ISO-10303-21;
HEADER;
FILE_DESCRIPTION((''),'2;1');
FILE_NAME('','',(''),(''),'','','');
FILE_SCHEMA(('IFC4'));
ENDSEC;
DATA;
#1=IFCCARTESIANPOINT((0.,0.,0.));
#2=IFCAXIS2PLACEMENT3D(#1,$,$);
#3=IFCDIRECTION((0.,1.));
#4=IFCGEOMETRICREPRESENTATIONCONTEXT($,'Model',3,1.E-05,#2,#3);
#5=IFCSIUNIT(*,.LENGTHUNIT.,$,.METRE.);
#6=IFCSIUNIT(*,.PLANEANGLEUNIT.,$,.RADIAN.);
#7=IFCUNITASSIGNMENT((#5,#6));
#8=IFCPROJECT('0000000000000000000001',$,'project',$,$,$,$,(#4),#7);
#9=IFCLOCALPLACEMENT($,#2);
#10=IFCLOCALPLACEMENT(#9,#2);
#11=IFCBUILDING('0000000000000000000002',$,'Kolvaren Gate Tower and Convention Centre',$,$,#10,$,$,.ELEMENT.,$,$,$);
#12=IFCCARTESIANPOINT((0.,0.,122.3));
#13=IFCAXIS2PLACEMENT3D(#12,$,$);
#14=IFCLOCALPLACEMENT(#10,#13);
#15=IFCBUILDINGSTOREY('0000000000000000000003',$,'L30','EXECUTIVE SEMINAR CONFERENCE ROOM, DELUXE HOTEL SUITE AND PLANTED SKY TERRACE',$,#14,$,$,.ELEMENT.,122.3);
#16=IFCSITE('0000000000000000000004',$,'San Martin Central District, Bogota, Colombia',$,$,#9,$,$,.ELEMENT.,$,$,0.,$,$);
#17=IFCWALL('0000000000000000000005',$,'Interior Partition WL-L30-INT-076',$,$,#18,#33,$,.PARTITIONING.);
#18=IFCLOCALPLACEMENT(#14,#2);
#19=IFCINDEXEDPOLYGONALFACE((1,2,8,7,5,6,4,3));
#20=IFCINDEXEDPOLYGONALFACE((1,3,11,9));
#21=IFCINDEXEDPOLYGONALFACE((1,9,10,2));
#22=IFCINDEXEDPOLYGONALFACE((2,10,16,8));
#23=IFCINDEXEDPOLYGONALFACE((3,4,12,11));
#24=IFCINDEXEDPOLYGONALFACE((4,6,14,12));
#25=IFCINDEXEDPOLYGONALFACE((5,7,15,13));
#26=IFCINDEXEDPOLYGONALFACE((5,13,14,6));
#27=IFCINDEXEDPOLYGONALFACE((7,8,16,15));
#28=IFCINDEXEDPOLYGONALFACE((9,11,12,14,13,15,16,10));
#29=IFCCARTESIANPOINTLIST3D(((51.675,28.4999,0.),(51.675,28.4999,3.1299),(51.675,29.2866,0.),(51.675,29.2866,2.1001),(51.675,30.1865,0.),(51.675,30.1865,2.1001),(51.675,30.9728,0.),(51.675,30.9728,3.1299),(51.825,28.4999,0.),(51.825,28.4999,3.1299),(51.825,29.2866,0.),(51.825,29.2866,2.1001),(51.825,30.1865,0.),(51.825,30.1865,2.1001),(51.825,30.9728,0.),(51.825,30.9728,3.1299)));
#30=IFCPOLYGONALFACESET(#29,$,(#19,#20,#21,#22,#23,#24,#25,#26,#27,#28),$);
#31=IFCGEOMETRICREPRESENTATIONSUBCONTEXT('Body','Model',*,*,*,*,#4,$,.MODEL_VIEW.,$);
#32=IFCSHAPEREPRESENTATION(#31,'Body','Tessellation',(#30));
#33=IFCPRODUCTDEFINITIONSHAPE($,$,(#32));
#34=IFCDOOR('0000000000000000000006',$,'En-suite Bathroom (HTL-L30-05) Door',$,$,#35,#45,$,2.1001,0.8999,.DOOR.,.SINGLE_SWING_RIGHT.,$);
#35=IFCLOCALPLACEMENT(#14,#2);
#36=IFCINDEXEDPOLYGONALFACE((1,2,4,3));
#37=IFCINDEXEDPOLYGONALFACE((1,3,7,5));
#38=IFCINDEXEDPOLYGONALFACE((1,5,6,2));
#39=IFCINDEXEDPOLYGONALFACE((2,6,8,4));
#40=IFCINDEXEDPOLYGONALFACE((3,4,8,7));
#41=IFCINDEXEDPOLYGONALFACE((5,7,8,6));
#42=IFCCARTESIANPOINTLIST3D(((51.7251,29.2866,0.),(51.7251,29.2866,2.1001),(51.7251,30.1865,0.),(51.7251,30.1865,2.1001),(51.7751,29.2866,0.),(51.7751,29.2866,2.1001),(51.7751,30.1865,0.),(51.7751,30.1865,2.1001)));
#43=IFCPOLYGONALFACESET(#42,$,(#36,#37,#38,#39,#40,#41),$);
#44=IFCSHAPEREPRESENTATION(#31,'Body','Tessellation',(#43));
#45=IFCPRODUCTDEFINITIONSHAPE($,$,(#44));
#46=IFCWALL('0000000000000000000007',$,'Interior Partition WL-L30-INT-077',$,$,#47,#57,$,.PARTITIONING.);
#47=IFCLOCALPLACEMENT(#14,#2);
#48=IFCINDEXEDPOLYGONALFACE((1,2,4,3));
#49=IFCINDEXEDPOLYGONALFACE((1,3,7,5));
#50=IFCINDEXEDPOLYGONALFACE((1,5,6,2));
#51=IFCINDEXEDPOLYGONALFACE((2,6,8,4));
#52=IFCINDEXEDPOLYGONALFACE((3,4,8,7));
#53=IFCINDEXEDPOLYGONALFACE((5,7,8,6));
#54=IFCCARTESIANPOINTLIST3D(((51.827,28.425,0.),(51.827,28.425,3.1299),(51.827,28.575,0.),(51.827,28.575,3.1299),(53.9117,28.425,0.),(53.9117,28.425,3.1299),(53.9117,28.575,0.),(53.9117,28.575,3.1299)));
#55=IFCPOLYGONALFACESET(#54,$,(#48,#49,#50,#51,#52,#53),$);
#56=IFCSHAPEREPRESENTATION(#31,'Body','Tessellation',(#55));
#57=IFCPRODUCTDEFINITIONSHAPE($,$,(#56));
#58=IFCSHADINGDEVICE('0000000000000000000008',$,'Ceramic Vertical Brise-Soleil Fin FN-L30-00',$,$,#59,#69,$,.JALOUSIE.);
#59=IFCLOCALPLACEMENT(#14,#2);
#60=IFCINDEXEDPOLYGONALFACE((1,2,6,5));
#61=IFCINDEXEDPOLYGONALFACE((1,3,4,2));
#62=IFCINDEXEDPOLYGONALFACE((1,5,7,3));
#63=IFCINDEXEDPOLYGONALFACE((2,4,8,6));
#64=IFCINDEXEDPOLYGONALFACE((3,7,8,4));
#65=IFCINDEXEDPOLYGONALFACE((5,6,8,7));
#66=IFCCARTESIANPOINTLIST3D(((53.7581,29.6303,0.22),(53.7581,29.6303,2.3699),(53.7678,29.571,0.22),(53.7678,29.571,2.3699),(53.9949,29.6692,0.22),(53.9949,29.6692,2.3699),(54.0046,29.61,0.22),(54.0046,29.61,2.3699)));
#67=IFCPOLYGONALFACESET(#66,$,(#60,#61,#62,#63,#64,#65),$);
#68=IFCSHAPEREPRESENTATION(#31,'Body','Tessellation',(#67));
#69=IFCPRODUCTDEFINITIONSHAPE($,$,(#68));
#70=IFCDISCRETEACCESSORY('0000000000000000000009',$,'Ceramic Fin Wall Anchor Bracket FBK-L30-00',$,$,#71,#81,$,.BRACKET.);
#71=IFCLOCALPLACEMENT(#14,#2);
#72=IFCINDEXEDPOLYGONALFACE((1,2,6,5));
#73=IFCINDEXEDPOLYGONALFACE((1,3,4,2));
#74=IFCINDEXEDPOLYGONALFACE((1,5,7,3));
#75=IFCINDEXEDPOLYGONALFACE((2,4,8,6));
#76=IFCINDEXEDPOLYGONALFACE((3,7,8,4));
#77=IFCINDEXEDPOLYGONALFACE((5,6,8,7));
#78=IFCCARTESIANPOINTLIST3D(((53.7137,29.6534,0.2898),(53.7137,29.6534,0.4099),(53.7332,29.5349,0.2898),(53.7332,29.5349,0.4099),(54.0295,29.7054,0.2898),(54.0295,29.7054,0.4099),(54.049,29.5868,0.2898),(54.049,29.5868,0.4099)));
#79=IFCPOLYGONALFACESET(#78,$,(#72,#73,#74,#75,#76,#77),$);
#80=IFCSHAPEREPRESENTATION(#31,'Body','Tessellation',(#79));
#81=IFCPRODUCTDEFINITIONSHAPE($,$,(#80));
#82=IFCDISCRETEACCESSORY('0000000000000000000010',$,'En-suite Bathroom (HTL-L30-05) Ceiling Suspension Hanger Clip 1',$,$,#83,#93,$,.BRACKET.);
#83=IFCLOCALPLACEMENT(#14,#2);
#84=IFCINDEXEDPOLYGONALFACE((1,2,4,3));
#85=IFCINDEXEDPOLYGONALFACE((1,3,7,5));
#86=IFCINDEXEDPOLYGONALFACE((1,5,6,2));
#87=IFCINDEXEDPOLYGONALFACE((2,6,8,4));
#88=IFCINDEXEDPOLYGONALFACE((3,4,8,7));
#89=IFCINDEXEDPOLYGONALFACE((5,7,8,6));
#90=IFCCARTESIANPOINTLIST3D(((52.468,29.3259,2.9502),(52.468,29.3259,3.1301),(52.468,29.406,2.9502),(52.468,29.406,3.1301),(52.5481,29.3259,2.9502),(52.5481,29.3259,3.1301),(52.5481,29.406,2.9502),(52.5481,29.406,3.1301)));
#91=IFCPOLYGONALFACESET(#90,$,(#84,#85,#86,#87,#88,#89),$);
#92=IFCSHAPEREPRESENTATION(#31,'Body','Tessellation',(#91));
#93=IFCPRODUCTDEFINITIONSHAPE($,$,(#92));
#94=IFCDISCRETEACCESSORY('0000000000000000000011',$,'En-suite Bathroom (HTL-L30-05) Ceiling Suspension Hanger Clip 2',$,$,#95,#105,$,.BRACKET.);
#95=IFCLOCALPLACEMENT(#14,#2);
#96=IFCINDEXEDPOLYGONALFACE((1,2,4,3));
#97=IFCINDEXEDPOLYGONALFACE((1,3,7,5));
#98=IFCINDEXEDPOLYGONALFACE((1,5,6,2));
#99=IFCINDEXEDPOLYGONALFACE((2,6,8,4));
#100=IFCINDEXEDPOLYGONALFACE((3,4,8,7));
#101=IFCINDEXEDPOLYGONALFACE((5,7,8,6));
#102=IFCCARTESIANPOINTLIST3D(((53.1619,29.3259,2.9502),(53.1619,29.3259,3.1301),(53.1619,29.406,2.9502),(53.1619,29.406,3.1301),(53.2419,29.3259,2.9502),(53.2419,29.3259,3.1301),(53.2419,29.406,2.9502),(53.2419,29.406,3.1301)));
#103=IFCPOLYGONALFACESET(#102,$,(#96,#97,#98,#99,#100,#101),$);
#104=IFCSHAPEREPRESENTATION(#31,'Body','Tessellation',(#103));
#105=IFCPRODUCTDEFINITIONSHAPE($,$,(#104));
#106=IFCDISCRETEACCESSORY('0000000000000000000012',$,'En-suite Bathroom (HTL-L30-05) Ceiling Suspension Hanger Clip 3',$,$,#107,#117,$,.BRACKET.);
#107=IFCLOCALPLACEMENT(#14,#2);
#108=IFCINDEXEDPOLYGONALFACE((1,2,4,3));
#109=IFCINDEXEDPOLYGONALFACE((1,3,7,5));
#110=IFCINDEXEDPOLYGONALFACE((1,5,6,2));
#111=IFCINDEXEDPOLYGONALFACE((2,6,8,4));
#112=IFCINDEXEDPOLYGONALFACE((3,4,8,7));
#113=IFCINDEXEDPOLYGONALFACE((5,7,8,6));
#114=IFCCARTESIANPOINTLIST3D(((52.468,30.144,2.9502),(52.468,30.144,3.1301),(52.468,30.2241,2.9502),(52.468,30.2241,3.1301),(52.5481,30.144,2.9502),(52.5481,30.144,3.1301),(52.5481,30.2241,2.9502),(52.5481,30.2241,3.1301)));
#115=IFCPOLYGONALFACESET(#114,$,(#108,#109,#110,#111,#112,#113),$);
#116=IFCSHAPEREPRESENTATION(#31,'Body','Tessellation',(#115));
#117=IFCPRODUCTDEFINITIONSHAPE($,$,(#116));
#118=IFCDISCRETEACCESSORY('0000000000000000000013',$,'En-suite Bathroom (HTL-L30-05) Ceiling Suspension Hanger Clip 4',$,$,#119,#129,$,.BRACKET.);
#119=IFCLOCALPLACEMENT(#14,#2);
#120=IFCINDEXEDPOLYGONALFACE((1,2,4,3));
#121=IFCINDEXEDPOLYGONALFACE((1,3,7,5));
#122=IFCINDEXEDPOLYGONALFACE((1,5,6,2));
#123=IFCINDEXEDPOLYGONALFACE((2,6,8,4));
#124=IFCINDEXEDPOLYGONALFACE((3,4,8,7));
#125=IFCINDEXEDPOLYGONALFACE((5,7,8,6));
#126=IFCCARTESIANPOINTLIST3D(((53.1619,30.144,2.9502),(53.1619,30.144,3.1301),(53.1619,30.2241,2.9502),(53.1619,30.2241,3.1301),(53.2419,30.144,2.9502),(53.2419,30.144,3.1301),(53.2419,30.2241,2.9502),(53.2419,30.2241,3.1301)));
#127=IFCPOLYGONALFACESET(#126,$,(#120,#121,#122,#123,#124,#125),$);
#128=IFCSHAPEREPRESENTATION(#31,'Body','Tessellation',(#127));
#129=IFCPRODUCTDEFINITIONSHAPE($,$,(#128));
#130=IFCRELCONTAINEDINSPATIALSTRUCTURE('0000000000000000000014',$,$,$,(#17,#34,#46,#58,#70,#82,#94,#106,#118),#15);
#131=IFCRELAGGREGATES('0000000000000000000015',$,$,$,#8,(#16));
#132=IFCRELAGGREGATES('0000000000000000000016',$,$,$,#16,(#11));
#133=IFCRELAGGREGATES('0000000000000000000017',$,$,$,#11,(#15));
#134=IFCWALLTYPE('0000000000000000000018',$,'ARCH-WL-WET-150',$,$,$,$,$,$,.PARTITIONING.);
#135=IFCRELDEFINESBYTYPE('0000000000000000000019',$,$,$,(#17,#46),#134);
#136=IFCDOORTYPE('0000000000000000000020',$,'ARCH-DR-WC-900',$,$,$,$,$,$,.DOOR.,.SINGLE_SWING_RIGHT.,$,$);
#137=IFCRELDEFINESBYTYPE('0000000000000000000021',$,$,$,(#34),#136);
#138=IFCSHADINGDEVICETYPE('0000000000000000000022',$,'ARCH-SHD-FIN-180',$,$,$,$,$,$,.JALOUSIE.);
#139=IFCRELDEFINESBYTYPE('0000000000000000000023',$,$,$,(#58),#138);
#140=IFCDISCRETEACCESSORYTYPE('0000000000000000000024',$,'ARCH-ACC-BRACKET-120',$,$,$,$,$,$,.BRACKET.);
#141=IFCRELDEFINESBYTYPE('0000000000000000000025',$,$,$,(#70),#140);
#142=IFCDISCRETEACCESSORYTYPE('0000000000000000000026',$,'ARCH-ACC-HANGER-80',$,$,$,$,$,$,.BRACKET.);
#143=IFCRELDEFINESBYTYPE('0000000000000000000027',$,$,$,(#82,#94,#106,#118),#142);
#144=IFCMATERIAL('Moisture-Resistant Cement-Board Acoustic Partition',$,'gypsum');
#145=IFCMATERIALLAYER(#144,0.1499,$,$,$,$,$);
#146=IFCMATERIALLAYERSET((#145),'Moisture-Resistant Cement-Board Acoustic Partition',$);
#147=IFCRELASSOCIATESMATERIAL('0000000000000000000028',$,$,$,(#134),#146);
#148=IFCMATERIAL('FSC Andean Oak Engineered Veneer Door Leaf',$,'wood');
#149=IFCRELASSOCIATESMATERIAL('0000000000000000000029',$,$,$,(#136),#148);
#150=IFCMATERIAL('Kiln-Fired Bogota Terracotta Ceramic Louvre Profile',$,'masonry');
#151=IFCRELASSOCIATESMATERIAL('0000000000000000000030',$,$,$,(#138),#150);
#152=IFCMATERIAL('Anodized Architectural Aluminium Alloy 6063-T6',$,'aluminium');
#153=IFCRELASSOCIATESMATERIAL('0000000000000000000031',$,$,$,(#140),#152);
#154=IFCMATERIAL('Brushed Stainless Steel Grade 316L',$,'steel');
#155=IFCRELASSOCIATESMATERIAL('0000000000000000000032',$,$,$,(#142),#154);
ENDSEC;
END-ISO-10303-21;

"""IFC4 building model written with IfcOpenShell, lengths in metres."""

from ifc_helpers import new_model, si_unit, direction, frame, frame_2d, origin, origin_2d, place, context, subcontext, project, spatial, rectangle, extrude, material, layer, layer_set, type_object, element, fill, save


model = new_model("IFC4")

# Units and contexts
model_context = context("Model", 3, precision=1e-05, world=origin(), true_north=direction((0.0, 1.0)))
body_context = subcontext(model_context, "Body", "Model", "MODEL_VIEW")
ifc_project = project(units=[si_unit("LENGTHUNIT", "METRE"), si_unit("PLANEANGLEUNIT", "RADIAN")], contexts=[model_context])

# Site, building, storey
site_placement = place(None, origin())
site = spatial("IfcSite", under=ifc_project, at=site_placement, Name="San Martin Central District, Bogota, Colombia", CompositionType="ELEMENT", RefElevation=0.0)
building_placement = place(site_placement, origin())
building = spatial("IfcBuilding", under=site, at=building_placement, Name="Kolvaren Gate Tower and Convention Centre", CompositionType="ELEMENT")
storey_placement = place(building_placement, frame((0.0, 0.0, 122.3)))
storey = spatial("IfcBuildingStorey", under=building, at=storey_placement, Name="L30", Description="EXECUTIVE SEMINAR CONFERENCE ROOM, DELUXE HOTEL SUITE AND PLANTED SKY TERRACE", CompositionType="ELEMENT", Elevation=122.3)

# Shared definitions
ifc_material_1 = material(Name="Anodized Architectural Aluminium Alloy 6063-T6", Category="aluminium")

# Shared definitions
ifc_material_2 = material(Name="Moisture-Resistant Cement-Board Acoustic Partition", Category="gypsum")
ifc_layer_1 = layer(ifc_material_2, 0.1499)
ifc_layer_set_1 = layer_set([ifc_layer_1], Name="Moisture-Resistant Cement-Board Acoustic Partition")
wall_type_1 = type_object("IfcWallType", Name="ARCH-WL-WET-150", PredefinedType="PARTITIONING", material=ifc_layer_set_1)

# Wall, opening, door
wall_1_placement = place(storey_placement, frame((51.75, 28.5, 0.0), z_axis=(0.0, 0.0, 1.0), x_axis=(0.0, 1.0, 0.0)))
wall_1 = element("IfcWall", 1, at=wall_1_placement, inside=storey, type_object=wall_type_1, Name="Interior Partition WL-L30-INT-076", PredefinedType="PARTITIONING", context=body_context, shape_type="SweptSolid", body=[
    extrude(rectangle(XDim=2.4729, YDim=0.1499, at=frame_2d((1.2363, 0.0))), origin(), (0.0, 0.0, 1.0), 3.1299),
])
opening_1_placement = place(wall_1_placement, frame((0.7866, 0.0, 0.0)))
opening_1 = element("IfcOpeningElement", 2, at=opening_1_placement, cuts=wall_1, PredefinedType="OPENING", context=body_context, shape_type="SweptSolid", body=[
    extrude(rectangle(XDim=0.8999, YDim=2.1001, at=frame_2d((0.45, 1.05))), frame((0.0, 0.085, 0.0), z_axis=(0.0, -1.0, 0.0), x_axis=(1.0, 0.0, 0.0)), (0.0, 0.0, 1.0), 0.1699),
])
ifc_material_3 = material(Name="FSC Andean Oak Engineered Veneer Door Leaf", Category="wood")
door_type = type_object("IfcDoorType", Name="ARCH-DR-WC-900", OperationType="SINGLE_SWING_RIGHT", PredefinedType="DOOR", material=ifc_material_3)
door_placement = place(opening_1_placement, origin())
door = element("IfcDoor", 3, at=door_placement, inside=storey, type_object=door_type, Name="En-suite Bathroom (HTL-L30-05) Door", OperationType="SINGLE_SWING_RIGHT", OverallHeight=2.1001, OverallWidth=0.8999, PredefinedType="DOOR", context=body_context, shape_type="SweptSolid", body=[
    extrude(rectangle(XDim=0.8999, YDim=2.1001, at=frame_2d((0.45, 1.05))), frame((0.0, 0.0249, 0.0), z_axis=(0.0, -1.0, 0.0), x_axis=(1.0, 0.0, 0.0)), (0.0, 0.0, 1.0), 0.05),
])
fill(opening_1, door)

# Wall
wall_2_placement = place(storey_placement, frame((51.8269, 28.5, 0.0), z_axis=(0.0, 0.0, 1.0), x_axis=(1.0, 0.0, 0.0)))
element("IfcWall", 4, at=wall_2_placement, inside=storey, type_object=wall_type_1, Name="Interior Partition WL-L30-INT-077", PredefinedType="PARTITIONING", context=body_context, shape_type="SweptSolid", body=[
    extrude(rectangle(XDim=2.0847, YDim=0.1499, at=frame_2d((1.0425, 0.0))), origin(), (0.0, 0.0, 1.0), 3.1299),
])

# Shading device
ifc_material_4 = material(Name="Kiln-Fired Bogota Terracotta Ceramic Louvre Profile", Category="masonry")
shading_device_type = type_object("IfcShadingDeviceType", Name="ARCH-SHD-FIN-180", PredefinedType="JALOUSIE", material=ifc_material_4)
shading_device_placement = place(storey_placement, frame((53.8813, 29.6201, 0.22), z_axis=(0.0, 0.0, 1.0), x_axis=(0.162389, -0.986727, 0.0)))
element("IfcShadingDevice", 5, at=shading_device_placement, inside=storey, type_object=shading_device_type, Name="Ceramic Vertical Brise-Soleil Fin FN-L30-00", PredefinedType="JALOUSIE", context=body_context, shape_type="SweptSolid", body=[
    extrude(rectangle(XDim=0.0601, YDim=0.24, at=origin_2d()), origin(), (0.0, 0.0, 1.0), 2.1499),
])

# Discrete accessories
discrete_accessory_type_1 = type_object("IfcDiscreteAccessoryType", Name="ARCH-ACC-BRACKET-120", PredefinedType="BRACKET", material=ifc_material_1)
discrete_accessory_placement = place(storey_placement, frame((53.8813, 29.6201, 0.2898), z_axis=(0.0, 0.0, 1.0), x_axis=(0.162389, -0.986727, 0.0)))
element("IfcDiscreteAccessory", 6, at=discrete_accessory_placement, inside=storey, type_object=discrete_accessory_type_1, Name="Ceramic Fin Wall Anchor Bracket FBK-L30-00", PredefinedType="BRACKET", context=body_context, shape_type="SweptSolid", body=[
    extrude(rectangle(XDim=0.1201, YDim=0.3201, at=origin_2d()), origin(), (0.0, 0.0, 1.0), 0.1201),
])
ifc_material_5 = material(Name="Brushed Stainless Steel Grade 316L", Category="steel")
discrete_accessory_type_2 = type_object("IfcDiscreteAccessoryType", Name="ARCH-ACC-HANGER-80", PredefinedType="BRACKET", material=ifc_material_5)
for number, where, z_axis, x_axis, name in (
    (7, (52.5081, 29.366, 2.9502), (0.0, 0.0, 1.0), (1.0, 0.0, 0.0), "En-suite Bathroom (HTL-L30-05) Ceiling Suspension Hanger Clip 1"),
    (8, (53.2019, 29.366, 2.9502), (0.0, 0.0, 1.0), (1.0, 0.0, 0.0), "En-suite Bathroom (HTL-L30-05) Ceiling Suspension Hanger Clip 2"),
    (9, (52.5081, 30.1841, 2.9502), (0.0, 0.0, 1.0), (1.0, 0.0, 0.0), "En-suite Bathroom (HTL-L30-05) Ceiling Suspension Hanger Clip 3"),
    (10, (53.2019, 30.1841, 2.9502), (0.0, 0.0, 1.0), (1.0, 0.0, 0.0), "En-suite Bathroom (HTL-L30-05) Ceiling Suspension Hanger Clip 4"),
):
    element("IfcDiscreteAccessory", number, at=place(storey_placement, frame(where, z_axis=z_axis, x_axis=x_axis)), inside=storey, type_object=discrete_accessory_type_2, Name=name, PredefinedType="BRACKET", context=body_context, shape_type="SweptSolid", body=[
        extrude(rectangle(XDim=0.0801, YDim=0.0801, at=origin_2d()), origin(), (0.0, 0.0, 1.0), 0.1799),
    ])

save(model, "model.ifc")
